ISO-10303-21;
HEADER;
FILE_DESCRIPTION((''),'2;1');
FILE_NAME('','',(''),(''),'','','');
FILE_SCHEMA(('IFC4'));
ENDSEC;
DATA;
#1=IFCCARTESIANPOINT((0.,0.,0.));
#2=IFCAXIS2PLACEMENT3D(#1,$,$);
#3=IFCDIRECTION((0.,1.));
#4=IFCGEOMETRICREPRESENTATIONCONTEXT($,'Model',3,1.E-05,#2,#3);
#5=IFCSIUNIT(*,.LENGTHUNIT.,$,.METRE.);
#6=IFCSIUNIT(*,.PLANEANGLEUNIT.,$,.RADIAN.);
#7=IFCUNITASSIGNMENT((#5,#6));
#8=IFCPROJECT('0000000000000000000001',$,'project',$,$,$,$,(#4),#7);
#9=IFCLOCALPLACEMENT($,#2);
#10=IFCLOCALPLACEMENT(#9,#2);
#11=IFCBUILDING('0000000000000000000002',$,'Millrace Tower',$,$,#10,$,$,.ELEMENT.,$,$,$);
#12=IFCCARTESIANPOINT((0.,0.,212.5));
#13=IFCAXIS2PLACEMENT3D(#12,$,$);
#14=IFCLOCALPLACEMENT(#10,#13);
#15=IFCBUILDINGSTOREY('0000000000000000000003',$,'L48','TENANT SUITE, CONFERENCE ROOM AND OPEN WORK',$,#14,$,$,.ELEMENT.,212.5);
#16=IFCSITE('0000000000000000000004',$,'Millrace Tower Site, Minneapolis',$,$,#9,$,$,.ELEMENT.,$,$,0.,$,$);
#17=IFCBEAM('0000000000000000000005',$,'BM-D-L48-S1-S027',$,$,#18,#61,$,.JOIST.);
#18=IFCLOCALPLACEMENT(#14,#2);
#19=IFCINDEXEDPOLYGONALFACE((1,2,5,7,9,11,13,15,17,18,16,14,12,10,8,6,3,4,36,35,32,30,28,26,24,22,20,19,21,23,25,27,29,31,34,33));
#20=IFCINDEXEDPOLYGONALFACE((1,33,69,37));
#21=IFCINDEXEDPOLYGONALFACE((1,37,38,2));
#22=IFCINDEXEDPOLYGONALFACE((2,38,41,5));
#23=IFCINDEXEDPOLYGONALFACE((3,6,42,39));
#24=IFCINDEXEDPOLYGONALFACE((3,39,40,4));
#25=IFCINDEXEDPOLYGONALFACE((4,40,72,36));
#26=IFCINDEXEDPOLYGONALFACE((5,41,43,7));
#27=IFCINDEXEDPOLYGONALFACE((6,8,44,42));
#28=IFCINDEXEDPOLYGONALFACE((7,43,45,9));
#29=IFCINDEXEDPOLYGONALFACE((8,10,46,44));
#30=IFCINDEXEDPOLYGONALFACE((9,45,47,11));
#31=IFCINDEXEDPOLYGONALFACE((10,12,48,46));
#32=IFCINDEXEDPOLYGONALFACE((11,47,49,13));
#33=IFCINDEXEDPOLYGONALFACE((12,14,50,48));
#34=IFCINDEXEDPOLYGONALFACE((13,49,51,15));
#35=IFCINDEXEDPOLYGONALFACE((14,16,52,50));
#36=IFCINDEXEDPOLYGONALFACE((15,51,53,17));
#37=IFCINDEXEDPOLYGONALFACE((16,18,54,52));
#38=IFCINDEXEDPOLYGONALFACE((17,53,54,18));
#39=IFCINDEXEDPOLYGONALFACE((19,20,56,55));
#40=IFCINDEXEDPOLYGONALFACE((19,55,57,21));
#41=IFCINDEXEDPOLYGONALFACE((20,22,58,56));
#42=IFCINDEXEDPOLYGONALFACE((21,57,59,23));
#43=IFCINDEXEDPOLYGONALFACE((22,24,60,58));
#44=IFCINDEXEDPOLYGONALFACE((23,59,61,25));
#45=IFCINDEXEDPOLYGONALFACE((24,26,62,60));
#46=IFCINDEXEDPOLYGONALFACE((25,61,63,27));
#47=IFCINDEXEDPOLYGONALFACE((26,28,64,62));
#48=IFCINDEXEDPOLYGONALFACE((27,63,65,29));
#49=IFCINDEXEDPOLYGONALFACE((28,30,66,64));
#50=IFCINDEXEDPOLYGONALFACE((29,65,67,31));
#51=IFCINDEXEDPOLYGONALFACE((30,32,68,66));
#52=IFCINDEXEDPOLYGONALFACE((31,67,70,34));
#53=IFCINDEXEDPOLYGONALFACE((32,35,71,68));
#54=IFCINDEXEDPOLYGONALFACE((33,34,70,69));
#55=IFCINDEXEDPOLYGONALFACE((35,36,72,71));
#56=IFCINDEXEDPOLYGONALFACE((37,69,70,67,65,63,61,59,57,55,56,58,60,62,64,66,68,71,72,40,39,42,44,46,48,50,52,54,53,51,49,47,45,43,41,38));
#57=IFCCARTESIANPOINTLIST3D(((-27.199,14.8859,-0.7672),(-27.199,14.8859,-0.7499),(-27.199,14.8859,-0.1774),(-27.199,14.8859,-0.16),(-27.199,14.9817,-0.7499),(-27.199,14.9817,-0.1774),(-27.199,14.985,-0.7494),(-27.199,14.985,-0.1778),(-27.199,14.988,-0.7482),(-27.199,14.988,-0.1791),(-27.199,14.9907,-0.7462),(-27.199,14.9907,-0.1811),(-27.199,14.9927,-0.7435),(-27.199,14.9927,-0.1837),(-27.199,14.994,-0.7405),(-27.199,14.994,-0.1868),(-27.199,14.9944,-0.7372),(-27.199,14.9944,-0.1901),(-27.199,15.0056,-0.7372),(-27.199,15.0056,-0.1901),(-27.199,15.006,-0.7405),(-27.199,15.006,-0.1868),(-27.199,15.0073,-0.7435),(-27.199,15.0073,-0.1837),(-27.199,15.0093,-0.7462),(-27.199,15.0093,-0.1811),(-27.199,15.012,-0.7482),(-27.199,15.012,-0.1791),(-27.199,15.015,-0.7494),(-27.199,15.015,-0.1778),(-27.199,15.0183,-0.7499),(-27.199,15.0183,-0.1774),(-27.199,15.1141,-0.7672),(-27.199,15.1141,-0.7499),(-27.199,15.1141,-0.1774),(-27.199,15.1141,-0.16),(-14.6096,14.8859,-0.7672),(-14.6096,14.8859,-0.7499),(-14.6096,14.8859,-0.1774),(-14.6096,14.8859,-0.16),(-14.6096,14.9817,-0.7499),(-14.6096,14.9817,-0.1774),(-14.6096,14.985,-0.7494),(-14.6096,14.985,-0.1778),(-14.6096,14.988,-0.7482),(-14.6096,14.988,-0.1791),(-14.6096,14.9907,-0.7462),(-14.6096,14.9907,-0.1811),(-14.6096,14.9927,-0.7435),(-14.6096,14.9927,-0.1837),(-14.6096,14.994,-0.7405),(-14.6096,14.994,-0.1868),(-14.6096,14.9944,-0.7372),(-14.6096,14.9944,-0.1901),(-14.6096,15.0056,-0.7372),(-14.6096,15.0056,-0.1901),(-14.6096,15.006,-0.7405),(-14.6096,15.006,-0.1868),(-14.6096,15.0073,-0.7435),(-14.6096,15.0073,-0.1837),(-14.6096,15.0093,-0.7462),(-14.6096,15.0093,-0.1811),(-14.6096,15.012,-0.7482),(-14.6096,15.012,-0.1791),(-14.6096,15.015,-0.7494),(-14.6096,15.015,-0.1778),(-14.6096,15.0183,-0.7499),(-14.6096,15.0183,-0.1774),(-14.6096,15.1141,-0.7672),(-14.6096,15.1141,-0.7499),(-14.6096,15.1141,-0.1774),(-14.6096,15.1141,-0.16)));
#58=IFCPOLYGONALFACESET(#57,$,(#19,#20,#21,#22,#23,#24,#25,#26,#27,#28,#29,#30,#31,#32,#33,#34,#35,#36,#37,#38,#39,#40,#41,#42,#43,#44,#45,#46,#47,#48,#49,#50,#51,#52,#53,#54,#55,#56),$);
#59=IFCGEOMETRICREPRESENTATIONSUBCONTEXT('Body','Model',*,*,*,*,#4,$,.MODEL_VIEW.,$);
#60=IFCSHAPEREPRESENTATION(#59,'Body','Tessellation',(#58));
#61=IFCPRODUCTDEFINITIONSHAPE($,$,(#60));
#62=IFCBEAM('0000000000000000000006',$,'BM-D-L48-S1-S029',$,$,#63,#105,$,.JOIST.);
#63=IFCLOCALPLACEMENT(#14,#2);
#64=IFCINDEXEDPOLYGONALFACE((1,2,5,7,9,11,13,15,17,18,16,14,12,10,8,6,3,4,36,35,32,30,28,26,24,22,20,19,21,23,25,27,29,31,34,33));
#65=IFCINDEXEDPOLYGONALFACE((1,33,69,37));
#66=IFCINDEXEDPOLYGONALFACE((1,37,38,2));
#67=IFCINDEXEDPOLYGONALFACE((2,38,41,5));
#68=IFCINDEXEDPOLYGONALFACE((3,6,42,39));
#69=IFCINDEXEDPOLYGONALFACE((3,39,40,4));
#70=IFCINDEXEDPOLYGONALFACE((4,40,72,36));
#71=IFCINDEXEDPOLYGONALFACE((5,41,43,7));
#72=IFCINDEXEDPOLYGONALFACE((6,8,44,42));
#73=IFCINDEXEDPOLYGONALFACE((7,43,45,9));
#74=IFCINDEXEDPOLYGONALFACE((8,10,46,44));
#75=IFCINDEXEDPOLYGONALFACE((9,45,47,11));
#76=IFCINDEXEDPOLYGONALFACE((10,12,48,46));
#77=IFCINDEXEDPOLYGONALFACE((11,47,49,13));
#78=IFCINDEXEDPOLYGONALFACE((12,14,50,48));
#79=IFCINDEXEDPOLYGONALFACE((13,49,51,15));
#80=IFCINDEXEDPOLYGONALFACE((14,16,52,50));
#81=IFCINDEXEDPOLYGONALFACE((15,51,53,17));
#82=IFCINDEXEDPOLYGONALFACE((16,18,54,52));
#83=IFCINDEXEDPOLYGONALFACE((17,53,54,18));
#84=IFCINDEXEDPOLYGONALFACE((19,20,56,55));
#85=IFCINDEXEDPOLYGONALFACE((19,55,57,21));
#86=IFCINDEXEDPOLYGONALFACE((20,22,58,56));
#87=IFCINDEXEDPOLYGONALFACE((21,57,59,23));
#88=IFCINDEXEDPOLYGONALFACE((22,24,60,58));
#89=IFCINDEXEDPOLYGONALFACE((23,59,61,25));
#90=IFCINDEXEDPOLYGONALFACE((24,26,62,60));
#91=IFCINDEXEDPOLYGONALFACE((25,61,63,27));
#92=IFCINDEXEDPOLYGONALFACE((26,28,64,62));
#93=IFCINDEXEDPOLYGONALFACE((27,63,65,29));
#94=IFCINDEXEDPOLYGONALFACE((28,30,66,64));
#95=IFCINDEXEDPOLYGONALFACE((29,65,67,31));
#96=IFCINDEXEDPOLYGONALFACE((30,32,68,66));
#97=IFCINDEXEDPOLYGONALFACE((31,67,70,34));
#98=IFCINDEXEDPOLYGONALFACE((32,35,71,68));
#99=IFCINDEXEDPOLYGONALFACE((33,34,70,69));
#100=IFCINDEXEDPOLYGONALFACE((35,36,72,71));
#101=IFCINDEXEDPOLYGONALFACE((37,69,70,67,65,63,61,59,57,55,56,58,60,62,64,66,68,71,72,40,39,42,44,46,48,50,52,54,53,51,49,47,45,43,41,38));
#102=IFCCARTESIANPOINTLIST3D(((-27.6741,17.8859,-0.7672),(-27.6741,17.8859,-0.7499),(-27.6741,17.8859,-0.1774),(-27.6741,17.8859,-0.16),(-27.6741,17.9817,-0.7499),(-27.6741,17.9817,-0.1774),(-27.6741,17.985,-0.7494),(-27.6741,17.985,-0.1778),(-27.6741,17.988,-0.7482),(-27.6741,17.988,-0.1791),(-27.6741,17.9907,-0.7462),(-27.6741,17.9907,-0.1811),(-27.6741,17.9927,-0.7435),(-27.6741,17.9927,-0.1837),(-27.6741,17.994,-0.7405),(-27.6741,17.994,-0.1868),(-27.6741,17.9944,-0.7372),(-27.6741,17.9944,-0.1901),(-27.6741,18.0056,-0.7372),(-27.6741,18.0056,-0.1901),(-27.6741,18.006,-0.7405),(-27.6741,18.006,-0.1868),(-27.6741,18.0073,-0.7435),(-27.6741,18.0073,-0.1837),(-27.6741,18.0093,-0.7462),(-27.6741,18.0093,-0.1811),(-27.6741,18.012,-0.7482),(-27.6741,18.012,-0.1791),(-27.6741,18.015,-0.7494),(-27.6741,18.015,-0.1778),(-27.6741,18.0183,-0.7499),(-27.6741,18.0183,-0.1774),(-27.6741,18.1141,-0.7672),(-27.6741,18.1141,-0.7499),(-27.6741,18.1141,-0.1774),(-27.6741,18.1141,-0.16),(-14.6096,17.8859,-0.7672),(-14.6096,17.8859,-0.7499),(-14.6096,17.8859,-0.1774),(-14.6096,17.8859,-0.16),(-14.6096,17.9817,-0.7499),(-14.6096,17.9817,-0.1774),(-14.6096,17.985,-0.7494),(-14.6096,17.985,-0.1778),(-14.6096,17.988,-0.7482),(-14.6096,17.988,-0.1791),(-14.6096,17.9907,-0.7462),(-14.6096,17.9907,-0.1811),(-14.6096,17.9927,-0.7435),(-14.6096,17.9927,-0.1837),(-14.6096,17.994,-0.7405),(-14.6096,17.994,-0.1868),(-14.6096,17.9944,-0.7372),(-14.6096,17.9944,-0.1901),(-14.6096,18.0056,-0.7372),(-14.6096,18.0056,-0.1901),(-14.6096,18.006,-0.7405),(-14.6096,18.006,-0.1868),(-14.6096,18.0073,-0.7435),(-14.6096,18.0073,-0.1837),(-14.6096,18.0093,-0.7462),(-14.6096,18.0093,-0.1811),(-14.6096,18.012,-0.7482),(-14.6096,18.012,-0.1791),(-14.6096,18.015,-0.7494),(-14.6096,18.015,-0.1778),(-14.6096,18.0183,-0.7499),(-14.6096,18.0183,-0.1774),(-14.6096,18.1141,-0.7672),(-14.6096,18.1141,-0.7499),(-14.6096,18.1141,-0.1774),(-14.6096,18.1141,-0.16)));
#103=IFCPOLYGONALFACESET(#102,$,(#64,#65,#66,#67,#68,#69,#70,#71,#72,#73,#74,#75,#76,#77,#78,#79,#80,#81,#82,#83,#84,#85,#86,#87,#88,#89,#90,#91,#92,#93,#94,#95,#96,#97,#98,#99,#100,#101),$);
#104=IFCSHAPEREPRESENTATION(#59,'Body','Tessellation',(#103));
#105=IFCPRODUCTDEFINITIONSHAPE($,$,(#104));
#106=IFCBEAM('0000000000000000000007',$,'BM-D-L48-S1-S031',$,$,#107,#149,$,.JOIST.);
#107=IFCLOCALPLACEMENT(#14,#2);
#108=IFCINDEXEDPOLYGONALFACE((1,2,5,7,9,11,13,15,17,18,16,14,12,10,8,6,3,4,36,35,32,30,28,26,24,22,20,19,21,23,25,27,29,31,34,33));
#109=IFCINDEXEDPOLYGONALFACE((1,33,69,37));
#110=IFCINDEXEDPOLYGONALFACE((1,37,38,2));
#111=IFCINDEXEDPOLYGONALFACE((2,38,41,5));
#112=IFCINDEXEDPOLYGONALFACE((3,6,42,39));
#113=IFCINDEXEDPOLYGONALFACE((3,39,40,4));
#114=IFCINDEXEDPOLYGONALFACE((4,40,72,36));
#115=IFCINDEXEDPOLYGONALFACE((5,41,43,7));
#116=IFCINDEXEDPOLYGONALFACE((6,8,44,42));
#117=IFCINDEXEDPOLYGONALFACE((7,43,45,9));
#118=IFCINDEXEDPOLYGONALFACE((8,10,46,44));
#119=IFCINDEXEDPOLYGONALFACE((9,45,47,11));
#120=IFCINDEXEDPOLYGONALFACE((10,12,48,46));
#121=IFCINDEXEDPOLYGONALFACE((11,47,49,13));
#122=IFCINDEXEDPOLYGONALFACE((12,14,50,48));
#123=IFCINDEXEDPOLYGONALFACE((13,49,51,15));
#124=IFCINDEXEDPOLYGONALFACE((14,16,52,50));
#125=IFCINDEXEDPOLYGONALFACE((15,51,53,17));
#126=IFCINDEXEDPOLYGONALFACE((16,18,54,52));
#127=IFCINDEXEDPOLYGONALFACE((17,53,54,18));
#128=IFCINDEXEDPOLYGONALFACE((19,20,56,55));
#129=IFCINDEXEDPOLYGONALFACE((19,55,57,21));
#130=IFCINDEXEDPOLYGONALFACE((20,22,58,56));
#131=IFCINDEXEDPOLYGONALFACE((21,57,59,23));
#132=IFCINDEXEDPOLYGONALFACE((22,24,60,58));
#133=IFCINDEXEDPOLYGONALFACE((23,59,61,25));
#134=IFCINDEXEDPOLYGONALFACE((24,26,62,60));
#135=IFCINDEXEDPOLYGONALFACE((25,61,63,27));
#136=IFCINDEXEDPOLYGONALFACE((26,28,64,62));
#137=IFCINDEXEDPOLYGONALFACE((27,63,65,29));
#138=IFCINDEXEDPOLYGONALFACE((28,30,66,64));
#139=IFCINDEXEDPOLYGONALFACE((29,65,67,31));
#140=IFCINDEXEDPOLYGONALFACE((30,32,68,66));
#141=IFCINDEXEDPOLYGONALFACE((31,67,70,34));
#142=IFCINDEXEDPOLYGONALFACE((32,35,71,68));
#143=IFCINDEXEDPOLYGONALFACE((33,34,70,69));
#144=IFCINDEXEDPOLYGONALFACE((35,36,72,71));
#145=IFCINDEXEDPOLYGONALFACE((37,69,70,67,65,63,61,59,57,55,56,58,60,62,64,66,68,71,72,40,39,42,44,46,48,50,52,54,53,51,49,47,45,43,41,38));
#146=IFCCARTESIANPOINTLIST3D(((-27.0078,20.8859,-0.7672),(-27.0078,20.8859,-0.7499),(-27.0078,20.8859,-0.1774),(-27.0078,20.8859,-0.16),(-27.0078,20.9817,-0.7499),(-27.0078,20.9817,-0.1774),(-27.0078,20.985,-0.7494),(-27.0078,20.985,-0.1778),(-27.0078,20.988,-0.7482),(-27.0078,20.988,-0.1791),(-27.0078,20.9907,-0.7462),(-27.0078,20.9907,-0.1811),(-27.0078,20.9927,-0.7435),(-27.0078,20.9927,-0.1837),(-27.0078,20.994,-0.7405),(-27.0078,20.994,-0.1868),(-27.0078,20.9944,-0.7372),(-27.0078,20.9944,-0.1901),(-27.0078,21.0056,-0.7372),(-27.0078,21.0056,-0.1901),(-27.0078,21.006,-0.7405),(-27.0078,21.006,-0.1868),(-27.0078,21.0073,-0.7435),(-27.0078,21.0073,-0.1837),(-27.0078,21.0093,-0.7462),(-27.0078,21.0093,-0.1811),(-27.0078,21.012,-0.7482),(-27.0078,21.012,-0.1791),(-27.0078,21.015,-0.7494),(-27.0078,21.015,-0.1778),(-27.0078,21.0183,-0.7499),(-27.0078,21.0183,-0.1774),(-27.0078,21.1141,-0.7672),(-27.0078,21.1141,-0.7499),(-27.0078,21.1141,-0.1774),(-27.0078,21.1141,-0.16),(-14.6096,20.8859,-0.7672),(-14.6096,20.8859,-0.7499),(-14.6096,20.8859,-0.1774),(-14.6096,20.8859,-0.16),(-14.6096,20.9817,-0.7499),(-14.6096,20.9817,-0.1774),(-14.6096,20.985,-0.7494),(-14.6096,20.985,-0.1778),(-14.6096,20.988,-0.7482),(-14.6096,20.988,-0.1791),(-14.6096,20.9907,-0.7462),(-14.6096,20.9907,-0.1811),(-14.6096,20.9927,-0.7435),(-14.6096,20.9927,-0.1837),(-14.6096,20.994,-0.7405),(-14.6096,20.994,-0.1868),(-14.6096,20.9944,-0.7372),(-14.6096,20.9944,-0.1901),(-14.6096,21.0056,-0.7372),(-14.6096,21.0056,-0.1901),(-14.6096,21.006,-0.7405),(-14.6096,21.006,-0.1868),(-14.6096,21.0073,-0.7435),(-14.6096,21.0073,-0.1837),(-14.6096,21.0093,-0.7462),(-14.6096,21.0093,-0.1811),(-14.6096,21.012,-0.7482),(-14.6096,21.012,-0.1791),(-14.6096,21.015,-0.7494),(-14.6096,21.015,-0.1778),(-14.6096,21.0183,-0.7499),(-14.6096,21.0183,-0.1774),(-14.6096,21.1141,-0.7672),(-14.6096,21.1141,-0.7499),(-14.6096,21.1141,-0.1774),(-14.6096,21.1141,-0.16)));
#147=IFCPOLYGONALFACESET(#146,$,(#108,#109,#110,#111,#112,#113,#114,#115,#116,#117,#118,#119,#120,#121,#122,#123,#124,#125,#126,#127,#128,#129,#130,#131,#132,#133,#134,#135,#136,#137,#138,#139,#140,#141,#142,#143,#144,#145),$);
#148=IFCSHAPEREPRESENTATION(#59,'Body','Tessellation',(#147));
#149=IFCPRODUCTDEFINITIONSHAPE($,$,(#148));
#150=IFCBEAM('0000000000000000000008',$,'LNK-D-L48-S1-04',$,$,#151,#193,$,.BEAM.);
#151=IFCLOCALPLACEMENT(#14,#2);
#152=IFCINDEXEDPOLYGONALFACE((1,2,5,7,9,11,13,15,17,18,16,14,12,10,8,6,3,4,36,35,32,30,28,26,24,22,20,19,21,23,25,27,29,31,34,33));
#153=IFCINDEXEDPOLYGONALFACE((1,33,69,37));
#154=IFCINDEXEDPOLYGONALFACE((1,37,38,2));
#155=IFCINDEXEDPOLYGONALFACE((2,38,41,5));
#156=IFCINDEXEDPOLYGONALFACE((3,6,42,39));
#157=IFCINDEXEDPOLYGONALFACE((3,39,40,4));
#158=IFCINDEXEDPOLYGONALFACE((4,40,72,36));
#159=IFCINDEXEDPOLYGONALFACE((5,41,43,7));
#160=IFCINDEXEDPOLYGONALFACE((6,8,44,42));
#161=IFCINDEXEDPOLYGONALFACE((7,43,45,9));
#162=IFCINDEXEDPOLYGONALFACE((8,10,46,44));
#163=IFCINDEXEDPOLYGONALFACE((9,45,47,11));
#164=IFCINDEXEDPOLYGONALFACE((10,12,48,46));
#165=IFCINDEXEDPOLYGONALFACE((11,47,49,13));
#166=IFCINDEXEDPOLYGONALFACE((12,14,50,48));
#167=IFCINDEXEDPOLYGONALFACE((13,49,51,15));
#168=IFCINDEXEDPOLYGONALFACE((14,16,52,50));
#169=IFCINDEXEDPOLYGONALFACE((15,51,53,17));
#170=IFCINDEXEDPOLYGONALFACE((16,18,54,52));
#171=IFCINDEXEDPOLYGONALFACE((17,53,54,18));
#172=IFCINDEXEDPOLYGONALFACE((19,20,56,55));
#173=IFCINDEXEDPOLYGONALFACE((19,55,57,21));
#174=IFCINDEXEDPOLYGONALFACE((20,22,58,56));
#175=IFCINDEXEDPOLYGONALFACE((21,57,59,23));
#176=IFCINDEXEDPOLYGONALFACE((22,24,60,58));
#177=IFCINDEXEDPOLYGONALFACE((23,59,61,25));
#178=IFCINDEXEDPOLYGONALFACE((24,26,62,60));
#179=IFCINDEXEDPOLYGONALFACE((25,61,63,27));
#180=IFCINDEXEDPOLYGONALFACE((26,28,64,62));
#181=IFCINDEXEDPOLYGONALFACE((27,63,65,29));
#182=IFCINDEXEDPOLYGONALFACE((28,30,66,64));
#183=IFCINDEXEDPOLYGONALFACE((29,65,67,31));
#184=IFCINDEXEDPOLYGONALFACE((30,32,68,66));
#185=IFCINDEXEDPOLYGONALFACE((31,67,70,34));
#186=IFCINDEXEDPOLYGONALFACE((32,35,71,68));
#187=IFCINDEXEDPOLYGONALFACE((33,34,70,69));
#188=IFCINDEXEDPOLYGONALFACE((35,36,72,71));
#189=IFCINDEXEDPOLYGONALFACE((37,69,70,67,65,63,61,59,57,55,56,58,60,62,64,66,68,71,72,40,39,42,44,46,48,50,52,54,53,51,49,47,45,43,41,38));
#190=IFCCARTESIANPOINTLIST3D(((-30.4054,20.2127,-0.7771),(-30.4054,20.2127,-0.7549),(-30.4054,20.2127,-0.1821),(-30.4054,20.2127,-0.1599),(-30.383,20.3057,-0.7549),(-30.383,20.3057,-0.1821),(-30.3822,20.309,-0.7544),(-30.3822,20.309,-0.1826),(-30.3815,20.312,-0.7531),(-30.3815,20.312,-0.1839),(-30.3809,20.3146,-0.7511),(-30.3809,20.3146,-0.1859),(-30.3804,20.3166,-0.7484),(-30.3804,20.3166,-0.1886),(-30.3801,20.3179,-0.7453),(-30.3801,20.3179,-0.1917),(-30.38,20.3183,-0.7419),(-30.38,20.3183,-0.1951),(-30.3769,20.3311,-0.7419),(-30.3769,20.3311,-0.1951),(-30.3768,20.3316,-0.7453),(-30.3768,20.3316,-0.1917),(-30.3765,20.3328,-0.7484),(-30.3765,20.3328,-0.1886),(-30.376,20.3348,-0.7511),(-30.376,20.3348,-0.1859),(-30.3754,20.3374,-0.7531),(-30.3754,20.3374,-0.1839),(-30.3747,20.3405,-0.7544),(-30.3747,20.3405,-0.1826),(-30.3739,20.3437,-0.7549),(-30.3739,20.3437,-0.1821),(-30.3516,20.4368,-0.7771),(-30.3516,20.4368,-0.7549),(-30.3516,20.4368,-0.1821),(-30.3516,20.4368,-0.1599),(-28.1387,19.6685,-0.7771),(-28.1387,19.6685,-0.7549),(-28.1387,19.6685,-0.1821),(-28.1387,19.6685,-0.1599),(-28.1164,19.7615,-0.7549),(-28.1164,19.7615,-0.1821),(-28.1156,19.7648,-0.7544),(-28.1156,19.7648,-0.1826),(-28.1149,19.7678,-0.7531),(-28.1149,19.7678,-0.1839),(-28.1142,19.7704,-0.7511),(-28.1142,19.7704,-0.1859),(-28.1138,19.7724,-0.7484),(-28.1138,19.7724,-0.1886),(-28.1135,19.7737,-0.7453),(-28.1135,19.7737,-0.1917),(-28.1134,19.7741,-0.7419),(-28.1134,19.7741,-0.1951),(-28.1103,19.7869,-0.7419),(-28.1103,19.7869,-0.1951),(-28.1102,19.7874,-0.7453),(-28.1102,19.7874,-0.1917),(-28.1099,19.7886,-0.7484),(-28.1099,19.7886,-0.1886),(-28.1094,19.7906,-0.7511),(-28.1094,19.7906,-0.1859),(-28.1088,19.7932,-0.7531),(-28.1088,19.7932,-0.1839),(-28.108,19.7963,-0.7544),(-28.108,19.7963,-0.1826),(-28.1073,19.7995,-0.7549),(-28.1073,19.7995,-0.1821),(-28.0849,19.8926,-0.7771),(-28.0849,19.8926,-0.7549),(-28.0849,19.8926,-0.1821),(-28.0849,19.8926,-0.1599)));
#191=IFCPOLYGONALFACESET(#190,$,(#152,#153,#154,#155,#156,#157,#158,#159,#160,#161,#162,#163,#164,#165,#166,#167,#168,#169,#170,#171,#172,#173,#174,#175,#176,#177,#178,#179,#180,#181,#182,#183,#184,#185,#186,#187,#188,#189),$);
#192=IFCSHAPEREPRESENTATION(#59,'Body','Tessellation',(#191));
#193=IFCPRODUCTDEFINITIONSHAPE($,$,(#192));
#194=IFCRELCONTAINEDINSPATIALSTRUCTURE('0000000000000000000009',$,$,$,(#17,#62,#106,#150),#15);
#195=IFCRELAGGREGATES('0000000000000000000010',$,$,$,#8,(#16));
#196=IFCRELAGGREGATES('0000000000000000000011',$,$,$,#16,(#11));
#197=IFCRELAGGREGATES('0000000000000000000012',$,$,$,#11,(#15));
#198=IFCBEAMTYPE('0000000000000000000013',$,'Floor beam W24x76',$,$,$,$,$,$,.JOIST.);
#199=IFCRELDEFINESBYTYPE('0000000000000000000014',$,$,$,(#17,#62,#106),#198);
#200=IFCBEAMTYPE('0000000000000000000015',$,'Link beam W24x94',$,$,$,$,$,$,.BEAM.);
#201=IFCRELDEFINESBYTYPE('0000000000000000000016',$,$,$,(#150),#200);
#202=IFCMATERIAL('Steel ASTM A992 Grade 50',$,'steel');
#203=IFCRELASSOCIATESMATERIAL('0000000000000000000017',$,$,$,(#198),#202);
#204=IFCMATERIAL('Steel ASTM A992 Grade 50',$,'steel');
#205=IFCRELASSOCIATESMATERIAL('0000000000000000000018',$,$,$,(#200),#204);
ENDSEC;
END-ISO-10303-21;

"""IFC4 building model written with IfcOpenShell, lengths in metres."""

from ifc_helpers import new_model, si_unit, direction, frame, origin, origin_2d, place, context, subcontext, project, spatial, i_section, extrude, material, material_profile, profile_set, type_object, element, save


model = new_model("IFC4")

# Units and contexts
model_context = context("Model", 3, precision=1e-05, world=origin(), true_north=direction((0.0, 1.0)))
body_context = subcontext(model_context, "Body", "Model", "MODEL_VIEW")
ifc_project = project(units=[si_unit("LENGTHUNIT", "METRE"), si_unit("PLANEANGLEUNIT", "RADIAN")], contexts=[model_context])

# Site, building, storey
site_placement = place(None, origin())
site = spatial("IfcSite", under=ifc_project, at=site_placement, Name="Millrace Tower Site, Minneapolis", CompositionType="ELEMENT", RefElevation=0.0)
building_placement = place(site_placement, origin())
building = spatial("IfcBuilding", under=site, at=building_placement, Name="Millrace Tower", CompositionType="ELEMENT")
storey_placement = place(building_placement, frame((0.0, 0.0, 212.5)))
storey = spatial("IfcBuildingStorey", under=building, at=storey_placement, Name="L48", Description="TENANT SUITE, CONFERENCE ROOM AND OPEN WORK", CompositionType="ELEMENT", Elevation=212.5)

# Beams
ifc_material_1 = material(Name="Steel ASTM A992 Grade 50", Category="steel")
ifc_material_profile_1 = material_profile(ifc_material_1, i_section(OverallWidth=0.2283, OverallDepth=0.6072, WebThickness=0.0112, FlangeThickness=0.0173, FilletRadius=0.0127, at=origin_2d()))
ifc_profile_set_1 = profile_set([ifc_material_profile_1], Name="Steel ASTM A992 Grade 50")
beam_type_1 = type_object("IfcBeamType", Name="Floor beam W24x76", PredefinedType="JOIST", material=ifc_profile_set_1)
beam_1_placement = place(storey_placement, frame((-27.199, 15.0, -0.4636), z_axis=(1.0, 0.0, 0.0), x_axis=(0.0, 1.0, 0.0)))
element("IfcBeam", 1, at=beam_1_placement, inside=storey, type_object=beam_type_1, Name="BM-D-L48-S1-S027", PredefinedType="JOIST", context=body_context, shape_type="SweptSolid", body=[
    extrude(i_section(OverallWidth=0.2283, OverallDepth=0.6072, WebThickness=0.0112, FlangeThickness=0.0173, FilletRadius=0.0127, at=origin_2d()), origin(), (0.0, 0.0, 1.0), 12.5894),
])
beam_2_placement = place(storey_placement, frame((-27.6741, 18.0, -0.4636), z_axis=(1.0, 0.0, 0.0), x_axis=(0.0, 1.0, 0.0)))
element("IfcBeam", 2, at=beam_2_placement, inside=storey, type_object=beam_type_1, Name="BM-D-L48-S1-S029", PredefinedType="JOIST", context=body_context, shape_type="SweptSolid", body=[
    extrude(i_section(OverallWidth=0.2283, OverallDepth=0.6072, WebThickness=0.0112, FlangeThickness=0.0173, FilletRadius=0.0127, at=origin_2d()), origin(), (0.0, 0.0, 1.0), 13.0645),
])
beam_3_placement = place(storey_placement, frame((-27.0078, 21.0, -0.4636), z_axis=(1.0, 0.0, 0.0), x_axis=(0.0, 1.0, 0.0)))
element("IfcBeam", 3, at=beam_3_placement, inside=storey, type_object=beam_type_1, Name="BM-D-L48-S1-S031", PredefinedType="JOIST", context=body_context, shape_type="SweptSolid", body=[
    extrude(i_section(OverallWidth=0.2283, OverallDepth=0.6072, WebThickness=0.0112, FlangeThickness=0.0173, FilletRadius=0.0127, at=origin_2d()), origin(), (0.0, 0.0, 1.0), 12.3982),
])
ifc_material_2 = material(Name="Steel ASTM A992 Grade 50", Category="steel")
ifc_material_profile_2 = material_profile(ifc_material_2, i_section(OverallWidth=0.2305, OverallDepth=0.6172, WebThickness=0.0132, FlangeThickness=0.0222, FilletRadius=0.0129, at=origin_2d()))
ifc_profile_set_2 = profile_set([ifc_material_profile_2], Name="Steel ASTM A992 Grade 50")
beam_type_2 = type_object("IfcBeamType", Name="Link beam W24x94", PredefinedType="BEAM", material=ifc_profile_set_2)
for number, where, z_axis, x_axis, name in (
    (4, (-28.1118, 19.7805, -0.4685), (-0.972367, 0.233456, 0.0), (-0.233456, -0.972367, 0.0), "LNK-D-L48-S1-04"),
):
    element("IfcBeam", number, at=place(storey_placement, frame(where, z_axis=z_axis, x_axis=x_axis)), inside=storey, type_object=beam_type_2, Name=name, PredefinedType="BEAM", context=body_context, shape_type="SweptSolid", body=[
        extrude(i_section(OverallWidth=0.2305, OverallDepth=0.6172, WebThickness=0.0132, FlangeThickness=0.0222, FilletRadius=0.0129, at=origin_2d()), origin(), (0.0, 0.0, 1.0), 2.3311),
    ])

save(model, "model.ifc")
